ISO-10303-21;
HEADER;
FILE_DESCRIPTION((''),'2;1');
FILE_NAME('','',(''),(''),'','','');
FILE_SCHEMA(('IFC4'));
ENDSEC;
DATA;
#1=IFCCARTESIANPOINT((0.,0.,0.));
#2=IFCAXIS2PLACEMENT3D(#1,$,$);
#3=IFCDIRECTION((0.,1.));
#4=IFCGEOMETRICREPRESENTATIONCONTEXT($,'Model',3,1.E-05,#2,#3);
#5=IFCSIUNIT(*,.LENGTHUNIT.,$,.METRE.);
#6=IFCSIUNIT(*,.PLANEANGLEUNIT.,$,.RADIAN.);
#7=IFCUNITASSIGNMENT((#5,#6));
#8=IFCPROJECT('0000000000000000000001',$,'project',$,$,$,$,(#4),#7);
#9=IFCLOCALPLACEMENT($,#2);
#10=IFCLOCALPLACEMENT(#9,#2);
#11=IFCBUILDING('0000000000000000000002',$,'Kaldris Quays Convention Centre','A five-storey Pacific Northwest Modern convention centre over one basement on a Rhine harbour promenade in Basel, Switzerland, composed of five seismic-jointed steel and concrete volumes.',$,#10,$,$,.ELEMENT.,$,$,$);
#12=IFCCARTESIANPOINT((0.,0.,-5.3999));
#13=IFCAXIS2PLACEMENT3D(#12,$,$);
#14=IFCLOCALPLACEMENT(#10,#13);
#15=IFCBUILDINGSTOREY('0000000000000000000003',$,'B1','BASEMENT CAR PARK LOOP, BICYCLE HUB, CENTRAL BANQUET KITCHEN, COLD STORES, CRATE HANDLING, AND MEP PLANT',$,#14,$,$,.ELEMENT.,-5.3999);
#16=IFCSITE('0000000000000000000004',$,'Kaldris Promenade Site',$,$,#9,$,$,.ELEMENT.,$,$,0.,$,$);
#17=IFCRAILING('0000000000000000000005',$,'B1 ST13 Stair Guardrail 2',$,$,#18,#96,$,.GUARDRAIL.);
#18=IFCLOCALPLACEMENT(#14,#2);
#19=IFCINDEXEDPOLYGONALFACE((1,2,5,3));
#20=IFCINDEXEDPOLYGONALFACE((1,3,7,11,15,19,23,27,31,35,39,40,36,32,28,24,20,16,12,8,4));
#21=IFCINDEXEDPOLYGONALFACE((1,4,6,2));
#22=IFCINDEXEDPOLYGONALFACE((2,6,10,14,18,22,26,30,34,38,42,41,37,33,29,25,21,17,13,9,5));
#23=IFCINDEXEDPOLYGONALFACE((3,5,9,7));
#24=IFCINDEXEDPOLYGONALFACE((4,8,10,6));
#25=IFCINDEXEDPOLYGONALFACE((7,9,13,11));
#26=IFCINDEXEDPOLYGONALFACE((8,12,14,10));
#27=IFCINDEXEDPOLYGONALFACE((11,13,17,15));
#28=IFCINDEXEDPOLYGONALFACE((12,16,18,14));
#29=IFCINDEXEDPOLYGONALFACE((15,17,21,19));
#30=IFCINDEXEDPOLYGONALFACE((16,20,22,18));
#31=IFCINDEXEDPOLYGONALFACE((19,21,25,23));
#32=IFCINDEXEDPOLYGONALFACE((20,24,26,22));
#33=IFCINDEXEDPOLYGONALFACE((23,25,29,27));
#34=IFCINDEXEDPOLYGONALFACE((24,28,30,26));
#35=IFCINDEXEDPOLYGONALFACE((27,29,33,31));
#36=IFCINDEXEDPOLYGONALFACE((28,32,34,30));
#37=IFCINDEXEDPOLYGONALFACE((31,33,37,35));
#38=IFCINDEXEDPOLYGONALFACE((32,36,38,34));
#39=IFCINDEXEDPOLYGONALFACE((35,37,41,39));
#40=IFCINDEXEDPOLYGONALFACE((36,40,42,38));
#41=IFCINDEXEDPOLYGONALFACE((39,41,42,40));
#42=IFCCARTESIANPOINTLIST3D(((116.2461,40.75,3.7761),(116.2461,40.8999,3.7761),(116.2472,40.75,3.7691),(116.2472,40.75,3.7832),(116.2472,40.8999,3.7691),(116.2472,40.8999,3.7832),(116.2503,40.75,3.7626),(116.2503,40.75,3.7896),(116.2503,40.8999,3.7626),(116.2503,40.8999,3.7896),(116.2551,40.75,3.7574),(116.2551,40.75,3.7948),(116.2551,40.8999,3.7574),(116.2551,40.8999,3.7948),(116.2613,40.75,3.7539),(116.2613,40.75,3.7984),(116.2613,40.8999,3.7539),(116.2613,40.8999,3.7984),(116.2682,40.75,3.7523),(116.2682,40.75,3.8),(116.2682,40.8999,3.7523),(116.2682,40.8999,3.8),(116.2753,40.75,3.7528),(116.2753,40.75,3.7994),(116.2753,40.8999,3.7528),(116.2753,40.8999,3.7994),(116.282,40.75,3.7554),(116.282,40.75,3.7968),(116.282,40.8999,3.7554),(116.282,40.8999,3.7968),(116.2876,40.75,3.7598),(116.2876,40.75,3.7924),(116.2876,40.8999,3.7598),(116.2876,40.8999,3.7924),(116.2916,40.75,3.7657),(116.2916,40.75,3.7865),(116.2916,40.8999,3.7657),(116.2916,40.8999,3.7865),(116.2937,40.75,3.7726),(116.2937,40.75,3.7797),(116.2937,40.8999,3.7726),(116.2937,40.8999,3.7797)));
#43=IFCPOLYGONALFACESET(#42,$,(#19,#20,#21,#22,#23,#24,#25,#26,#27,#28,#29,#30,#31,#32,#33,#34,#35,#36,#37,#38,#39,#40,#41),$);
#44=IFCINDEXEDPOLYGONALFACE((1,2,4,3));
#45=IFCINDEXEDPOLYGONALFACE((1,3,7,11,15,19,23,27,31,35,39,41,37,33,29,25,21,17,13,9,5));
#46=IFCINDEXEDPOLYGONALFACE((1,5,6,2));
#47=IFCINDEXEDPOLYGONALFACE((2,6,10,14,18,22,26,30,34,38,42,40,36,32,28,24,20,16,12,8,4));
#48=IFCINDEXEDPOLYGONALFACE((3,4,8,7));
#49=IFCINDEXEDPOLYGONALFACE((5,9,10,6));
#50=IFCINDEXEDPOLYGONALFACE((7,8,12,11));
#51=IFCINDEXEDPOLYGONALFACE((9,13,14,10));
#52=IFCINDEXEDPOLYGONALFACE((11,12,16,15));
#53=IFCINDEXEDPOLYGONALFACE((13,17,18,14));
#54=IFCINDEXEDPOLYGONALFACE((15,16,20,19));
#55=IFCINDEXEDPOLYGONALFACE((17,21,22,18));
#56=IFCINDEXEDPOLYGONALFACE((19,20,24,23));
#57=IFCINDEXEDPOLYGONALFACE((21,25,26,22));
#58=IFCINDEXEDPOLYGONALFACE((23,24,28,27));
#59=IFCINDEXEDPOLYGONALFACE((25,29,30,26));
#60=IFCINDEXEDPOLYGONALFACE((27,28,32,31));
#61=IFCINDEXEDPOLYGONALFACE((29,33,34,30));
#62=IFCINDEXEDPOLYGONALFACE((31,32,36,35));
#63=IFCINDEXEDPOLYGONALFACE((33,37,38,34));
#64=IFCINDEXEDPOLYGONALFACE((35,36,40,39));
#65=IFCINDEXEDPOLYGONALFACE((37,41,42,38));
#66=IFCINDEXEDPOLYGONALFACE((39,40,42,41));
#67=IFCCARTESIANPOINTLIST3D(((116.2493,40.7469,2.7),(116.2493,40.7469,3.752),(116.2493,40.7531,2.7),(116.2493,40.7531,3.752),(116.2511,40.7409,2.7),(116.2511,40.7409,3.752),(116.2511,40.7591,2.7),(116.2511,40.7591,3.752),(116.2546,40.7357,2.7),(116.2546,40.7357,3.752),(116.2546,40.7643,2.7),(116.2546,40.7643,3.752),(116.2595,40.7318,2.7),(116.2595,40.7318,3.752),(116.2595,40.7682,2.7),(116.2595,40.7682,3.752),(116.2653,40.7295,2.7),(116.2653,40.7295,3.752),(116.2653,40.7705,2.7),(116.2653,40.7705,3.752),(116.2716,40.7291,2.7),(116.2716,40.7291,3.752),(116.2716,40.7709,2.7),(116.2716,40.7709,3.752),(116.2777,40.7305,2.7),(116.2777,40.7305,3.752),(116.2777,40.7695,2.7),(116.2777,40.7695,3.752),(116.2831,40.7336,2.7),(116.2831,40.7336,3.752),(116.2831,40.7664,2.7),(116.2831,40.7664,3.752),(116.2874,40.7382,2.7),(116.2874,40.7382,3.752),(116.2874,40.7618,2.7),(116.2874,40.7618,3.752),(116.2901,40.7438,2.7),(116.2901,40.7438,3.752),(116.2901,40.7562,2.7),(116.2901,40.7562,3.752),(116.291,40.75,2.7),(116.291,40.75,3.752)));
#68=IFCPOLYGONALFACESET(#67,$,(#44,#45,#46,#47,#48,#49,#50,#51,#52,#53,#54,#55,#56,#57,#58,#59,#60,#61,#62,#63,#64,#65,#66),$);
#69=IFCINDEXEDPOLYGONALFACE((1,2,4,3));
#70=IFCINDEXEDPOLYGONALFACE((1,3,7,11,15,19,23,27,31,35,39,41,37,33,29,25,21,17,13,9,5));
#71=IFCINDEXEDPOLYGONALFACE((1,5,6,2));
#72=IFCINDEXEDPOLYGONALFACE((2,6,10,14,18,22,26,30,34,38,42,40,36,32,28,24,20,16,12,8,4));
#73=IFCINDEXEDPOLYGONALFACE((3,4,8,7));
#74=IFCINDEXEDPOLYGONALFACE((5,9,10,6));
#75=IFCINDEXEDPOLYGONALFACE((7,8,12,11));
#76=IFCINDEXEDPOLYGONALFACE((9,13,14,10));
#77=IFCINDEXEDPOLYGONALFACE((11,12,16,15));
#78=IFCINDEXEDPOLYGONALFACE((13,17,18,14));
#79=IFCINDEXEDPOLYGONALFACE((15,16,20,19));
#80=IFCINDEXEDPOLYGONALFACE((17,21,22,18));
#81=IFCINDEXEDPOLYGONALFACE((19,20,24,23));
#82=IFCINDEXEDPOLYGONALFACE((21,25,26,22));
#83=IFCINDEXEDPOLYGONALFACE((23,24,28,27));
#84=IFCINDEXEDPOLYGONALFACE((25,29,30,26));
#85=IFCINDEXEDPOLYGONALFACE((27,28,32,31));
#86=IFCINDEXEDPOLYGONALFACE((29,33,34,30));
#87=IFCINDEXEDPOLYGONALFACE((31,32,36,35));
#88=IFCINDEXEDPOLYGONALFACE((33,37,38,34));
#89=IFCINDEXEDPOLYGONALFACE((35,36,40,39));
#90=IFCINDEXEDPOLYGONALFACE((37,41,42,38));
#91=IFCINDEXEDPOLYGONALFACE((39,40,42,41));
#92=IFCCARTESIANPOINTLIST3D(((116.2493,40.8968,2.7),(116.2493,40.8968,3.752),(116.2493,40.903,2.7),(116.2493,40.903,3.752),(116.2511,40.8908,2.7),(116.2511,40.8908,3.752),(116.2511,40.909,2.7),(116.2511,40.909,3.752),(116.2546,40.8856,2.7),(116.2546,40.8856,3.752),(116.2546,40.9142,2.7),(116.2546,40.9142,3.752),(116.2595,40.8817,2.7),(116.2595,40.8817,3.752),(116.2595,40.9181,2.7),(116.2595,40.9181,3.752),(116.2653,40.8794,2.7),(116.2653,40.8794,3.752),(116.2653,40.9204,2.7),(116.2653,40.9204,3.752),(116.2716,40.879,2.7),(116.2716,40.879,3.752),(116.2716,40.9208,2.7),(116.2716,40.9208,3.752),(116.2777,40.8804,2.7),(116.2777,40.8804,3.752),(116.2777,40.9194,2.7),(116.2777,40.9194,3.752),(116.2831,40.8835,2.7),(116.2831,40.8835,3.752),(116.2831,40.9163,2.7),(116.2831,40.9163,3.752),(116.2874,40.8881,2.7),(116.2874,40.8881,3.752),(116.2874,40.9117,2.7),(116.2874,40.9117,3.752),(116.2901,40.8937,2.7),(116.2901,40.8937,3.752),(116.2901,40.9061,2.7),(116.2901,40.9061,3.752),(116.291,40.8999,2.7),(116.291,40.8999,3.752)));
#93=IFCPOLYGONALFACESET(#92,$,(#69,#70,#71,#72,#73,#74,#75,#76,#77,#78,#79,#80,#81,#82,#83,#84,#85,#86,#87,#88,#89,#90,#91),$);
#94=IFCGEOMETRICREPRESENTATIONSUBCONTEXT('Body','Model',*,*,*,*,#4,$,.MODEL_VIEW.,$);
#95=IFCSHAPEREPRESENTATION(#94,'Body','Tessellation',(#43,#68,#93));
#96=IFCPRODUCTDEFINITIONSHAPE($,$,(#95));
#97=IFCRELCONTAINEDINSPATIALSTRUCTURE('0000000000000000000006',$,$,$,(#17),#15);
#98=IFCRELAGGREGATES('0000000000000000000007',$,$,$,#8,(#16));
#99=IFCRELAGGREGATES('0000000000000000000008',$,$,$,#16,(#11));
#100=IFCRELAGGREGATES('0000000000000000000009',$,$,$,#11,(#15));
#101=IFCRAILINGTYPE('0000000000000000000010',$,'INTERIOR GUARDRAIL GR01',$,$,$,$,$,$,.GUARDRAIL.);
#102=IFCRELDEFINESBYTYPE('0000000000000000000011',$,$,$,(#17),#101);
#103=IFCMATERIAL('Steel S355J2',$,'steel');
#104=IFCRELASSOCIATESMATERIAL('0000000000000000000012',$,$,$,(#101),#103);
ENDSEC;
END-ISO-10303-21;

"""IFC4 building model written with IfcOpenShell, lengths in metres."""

from ifc_helpers import new_model, si_unit, direction, frame, origin, origin_2d, place, context, subcontext, project, spatial, circle, extrude, material, type_object, element, save


model = new_model("IFC4")

# Units and contexts
model_context = context("Model", 3, precision=1e-05, world=origin(), true_north=direction((0.0, 1.0)))
body_context = subcontext(model_context, "Body", "Model", "MODEL_VIEW")
ifc_project = project(units=[si_unit("LENGTHUNIT", "METRE"), si_unit("PLANEANGLEUNIT", "RADIAN")], contexts=[model_context])

# Site, building, storey
site_placement = place(None, origin())
site = spatial("IfcSite", under=ifc_project, at=site_placement, Name="Kaldris Promenade Site", CompositionType="ELEMENT", RefElevation=0.0)
building_placement = place(site_placement, origin())
building = spatial("IfcBuilding", under=site, at=building_placement, Name="Kaldris Quays Convention Centre", Description="A five-storey Pacific Northwest Modern convention centre over one basement on a Rhine harbour promenade in Basel, Switzerland, composed of five seismic-jointed steel and concrete volumes.", CompositionType="ELEMENT")
storey_placement = place(building_placement, frame((0.0, 0.0, -5.3999)))
storey = spatial("IfcBuildingStorey", under=building, at=storey_placement, Name="B1", Description="BASEMENT CAR PARK LOOP, BICYCLE HUB, CENTRAL BANQUET KITCHEN, COLD STORES, CRATE HANDLING, AND MEP PLANT", CompositionType="ELEMENT", Elevation=-5.3999)

# Shared definitions
ifc_material_1 = material(Name="Steel S355J2", Category="steel")

# Railing
railing_type_1 = type_object("IfcRailingType", Name="INTERIOR GUARDRAIL GR01", PredefinedType="GUARDRAIL", material=ifc_material_1)
railing_1_placement = place(storey_placement, frame((116.27, 40.75, 2.7)))
element("IfcRailing", 1, at=railing_1_placement, inside=storey, type_object=railing_type_1, Name="B1 ST13 Stair Guardrail 2", PredefinedType="GUARDRAIL", context=body_context, shape_type="SweptSolid", body=[
    extrude(circle(Radius=0.0239, at=origin_2d()), frame((0.0, 0.0, 1.0762), z_axis=(0.0, 1.0, 0.0), x_axis=(-1.0, 0.0, 0.0)), (0.0, 0.0, 1.0), 0.1499),
    extrude(circle(Radius=0.021, at=origin_2d()), origin(), (0.0, 0.0, 1.0), 1.052),
    extrude(circle(Radius=0.021, at=origin_2d()), frame((0.0, 0.1499, 0.0)), (0.0, 0.0, 1.0), 1.052),
])

save(model, "model.ifc")
